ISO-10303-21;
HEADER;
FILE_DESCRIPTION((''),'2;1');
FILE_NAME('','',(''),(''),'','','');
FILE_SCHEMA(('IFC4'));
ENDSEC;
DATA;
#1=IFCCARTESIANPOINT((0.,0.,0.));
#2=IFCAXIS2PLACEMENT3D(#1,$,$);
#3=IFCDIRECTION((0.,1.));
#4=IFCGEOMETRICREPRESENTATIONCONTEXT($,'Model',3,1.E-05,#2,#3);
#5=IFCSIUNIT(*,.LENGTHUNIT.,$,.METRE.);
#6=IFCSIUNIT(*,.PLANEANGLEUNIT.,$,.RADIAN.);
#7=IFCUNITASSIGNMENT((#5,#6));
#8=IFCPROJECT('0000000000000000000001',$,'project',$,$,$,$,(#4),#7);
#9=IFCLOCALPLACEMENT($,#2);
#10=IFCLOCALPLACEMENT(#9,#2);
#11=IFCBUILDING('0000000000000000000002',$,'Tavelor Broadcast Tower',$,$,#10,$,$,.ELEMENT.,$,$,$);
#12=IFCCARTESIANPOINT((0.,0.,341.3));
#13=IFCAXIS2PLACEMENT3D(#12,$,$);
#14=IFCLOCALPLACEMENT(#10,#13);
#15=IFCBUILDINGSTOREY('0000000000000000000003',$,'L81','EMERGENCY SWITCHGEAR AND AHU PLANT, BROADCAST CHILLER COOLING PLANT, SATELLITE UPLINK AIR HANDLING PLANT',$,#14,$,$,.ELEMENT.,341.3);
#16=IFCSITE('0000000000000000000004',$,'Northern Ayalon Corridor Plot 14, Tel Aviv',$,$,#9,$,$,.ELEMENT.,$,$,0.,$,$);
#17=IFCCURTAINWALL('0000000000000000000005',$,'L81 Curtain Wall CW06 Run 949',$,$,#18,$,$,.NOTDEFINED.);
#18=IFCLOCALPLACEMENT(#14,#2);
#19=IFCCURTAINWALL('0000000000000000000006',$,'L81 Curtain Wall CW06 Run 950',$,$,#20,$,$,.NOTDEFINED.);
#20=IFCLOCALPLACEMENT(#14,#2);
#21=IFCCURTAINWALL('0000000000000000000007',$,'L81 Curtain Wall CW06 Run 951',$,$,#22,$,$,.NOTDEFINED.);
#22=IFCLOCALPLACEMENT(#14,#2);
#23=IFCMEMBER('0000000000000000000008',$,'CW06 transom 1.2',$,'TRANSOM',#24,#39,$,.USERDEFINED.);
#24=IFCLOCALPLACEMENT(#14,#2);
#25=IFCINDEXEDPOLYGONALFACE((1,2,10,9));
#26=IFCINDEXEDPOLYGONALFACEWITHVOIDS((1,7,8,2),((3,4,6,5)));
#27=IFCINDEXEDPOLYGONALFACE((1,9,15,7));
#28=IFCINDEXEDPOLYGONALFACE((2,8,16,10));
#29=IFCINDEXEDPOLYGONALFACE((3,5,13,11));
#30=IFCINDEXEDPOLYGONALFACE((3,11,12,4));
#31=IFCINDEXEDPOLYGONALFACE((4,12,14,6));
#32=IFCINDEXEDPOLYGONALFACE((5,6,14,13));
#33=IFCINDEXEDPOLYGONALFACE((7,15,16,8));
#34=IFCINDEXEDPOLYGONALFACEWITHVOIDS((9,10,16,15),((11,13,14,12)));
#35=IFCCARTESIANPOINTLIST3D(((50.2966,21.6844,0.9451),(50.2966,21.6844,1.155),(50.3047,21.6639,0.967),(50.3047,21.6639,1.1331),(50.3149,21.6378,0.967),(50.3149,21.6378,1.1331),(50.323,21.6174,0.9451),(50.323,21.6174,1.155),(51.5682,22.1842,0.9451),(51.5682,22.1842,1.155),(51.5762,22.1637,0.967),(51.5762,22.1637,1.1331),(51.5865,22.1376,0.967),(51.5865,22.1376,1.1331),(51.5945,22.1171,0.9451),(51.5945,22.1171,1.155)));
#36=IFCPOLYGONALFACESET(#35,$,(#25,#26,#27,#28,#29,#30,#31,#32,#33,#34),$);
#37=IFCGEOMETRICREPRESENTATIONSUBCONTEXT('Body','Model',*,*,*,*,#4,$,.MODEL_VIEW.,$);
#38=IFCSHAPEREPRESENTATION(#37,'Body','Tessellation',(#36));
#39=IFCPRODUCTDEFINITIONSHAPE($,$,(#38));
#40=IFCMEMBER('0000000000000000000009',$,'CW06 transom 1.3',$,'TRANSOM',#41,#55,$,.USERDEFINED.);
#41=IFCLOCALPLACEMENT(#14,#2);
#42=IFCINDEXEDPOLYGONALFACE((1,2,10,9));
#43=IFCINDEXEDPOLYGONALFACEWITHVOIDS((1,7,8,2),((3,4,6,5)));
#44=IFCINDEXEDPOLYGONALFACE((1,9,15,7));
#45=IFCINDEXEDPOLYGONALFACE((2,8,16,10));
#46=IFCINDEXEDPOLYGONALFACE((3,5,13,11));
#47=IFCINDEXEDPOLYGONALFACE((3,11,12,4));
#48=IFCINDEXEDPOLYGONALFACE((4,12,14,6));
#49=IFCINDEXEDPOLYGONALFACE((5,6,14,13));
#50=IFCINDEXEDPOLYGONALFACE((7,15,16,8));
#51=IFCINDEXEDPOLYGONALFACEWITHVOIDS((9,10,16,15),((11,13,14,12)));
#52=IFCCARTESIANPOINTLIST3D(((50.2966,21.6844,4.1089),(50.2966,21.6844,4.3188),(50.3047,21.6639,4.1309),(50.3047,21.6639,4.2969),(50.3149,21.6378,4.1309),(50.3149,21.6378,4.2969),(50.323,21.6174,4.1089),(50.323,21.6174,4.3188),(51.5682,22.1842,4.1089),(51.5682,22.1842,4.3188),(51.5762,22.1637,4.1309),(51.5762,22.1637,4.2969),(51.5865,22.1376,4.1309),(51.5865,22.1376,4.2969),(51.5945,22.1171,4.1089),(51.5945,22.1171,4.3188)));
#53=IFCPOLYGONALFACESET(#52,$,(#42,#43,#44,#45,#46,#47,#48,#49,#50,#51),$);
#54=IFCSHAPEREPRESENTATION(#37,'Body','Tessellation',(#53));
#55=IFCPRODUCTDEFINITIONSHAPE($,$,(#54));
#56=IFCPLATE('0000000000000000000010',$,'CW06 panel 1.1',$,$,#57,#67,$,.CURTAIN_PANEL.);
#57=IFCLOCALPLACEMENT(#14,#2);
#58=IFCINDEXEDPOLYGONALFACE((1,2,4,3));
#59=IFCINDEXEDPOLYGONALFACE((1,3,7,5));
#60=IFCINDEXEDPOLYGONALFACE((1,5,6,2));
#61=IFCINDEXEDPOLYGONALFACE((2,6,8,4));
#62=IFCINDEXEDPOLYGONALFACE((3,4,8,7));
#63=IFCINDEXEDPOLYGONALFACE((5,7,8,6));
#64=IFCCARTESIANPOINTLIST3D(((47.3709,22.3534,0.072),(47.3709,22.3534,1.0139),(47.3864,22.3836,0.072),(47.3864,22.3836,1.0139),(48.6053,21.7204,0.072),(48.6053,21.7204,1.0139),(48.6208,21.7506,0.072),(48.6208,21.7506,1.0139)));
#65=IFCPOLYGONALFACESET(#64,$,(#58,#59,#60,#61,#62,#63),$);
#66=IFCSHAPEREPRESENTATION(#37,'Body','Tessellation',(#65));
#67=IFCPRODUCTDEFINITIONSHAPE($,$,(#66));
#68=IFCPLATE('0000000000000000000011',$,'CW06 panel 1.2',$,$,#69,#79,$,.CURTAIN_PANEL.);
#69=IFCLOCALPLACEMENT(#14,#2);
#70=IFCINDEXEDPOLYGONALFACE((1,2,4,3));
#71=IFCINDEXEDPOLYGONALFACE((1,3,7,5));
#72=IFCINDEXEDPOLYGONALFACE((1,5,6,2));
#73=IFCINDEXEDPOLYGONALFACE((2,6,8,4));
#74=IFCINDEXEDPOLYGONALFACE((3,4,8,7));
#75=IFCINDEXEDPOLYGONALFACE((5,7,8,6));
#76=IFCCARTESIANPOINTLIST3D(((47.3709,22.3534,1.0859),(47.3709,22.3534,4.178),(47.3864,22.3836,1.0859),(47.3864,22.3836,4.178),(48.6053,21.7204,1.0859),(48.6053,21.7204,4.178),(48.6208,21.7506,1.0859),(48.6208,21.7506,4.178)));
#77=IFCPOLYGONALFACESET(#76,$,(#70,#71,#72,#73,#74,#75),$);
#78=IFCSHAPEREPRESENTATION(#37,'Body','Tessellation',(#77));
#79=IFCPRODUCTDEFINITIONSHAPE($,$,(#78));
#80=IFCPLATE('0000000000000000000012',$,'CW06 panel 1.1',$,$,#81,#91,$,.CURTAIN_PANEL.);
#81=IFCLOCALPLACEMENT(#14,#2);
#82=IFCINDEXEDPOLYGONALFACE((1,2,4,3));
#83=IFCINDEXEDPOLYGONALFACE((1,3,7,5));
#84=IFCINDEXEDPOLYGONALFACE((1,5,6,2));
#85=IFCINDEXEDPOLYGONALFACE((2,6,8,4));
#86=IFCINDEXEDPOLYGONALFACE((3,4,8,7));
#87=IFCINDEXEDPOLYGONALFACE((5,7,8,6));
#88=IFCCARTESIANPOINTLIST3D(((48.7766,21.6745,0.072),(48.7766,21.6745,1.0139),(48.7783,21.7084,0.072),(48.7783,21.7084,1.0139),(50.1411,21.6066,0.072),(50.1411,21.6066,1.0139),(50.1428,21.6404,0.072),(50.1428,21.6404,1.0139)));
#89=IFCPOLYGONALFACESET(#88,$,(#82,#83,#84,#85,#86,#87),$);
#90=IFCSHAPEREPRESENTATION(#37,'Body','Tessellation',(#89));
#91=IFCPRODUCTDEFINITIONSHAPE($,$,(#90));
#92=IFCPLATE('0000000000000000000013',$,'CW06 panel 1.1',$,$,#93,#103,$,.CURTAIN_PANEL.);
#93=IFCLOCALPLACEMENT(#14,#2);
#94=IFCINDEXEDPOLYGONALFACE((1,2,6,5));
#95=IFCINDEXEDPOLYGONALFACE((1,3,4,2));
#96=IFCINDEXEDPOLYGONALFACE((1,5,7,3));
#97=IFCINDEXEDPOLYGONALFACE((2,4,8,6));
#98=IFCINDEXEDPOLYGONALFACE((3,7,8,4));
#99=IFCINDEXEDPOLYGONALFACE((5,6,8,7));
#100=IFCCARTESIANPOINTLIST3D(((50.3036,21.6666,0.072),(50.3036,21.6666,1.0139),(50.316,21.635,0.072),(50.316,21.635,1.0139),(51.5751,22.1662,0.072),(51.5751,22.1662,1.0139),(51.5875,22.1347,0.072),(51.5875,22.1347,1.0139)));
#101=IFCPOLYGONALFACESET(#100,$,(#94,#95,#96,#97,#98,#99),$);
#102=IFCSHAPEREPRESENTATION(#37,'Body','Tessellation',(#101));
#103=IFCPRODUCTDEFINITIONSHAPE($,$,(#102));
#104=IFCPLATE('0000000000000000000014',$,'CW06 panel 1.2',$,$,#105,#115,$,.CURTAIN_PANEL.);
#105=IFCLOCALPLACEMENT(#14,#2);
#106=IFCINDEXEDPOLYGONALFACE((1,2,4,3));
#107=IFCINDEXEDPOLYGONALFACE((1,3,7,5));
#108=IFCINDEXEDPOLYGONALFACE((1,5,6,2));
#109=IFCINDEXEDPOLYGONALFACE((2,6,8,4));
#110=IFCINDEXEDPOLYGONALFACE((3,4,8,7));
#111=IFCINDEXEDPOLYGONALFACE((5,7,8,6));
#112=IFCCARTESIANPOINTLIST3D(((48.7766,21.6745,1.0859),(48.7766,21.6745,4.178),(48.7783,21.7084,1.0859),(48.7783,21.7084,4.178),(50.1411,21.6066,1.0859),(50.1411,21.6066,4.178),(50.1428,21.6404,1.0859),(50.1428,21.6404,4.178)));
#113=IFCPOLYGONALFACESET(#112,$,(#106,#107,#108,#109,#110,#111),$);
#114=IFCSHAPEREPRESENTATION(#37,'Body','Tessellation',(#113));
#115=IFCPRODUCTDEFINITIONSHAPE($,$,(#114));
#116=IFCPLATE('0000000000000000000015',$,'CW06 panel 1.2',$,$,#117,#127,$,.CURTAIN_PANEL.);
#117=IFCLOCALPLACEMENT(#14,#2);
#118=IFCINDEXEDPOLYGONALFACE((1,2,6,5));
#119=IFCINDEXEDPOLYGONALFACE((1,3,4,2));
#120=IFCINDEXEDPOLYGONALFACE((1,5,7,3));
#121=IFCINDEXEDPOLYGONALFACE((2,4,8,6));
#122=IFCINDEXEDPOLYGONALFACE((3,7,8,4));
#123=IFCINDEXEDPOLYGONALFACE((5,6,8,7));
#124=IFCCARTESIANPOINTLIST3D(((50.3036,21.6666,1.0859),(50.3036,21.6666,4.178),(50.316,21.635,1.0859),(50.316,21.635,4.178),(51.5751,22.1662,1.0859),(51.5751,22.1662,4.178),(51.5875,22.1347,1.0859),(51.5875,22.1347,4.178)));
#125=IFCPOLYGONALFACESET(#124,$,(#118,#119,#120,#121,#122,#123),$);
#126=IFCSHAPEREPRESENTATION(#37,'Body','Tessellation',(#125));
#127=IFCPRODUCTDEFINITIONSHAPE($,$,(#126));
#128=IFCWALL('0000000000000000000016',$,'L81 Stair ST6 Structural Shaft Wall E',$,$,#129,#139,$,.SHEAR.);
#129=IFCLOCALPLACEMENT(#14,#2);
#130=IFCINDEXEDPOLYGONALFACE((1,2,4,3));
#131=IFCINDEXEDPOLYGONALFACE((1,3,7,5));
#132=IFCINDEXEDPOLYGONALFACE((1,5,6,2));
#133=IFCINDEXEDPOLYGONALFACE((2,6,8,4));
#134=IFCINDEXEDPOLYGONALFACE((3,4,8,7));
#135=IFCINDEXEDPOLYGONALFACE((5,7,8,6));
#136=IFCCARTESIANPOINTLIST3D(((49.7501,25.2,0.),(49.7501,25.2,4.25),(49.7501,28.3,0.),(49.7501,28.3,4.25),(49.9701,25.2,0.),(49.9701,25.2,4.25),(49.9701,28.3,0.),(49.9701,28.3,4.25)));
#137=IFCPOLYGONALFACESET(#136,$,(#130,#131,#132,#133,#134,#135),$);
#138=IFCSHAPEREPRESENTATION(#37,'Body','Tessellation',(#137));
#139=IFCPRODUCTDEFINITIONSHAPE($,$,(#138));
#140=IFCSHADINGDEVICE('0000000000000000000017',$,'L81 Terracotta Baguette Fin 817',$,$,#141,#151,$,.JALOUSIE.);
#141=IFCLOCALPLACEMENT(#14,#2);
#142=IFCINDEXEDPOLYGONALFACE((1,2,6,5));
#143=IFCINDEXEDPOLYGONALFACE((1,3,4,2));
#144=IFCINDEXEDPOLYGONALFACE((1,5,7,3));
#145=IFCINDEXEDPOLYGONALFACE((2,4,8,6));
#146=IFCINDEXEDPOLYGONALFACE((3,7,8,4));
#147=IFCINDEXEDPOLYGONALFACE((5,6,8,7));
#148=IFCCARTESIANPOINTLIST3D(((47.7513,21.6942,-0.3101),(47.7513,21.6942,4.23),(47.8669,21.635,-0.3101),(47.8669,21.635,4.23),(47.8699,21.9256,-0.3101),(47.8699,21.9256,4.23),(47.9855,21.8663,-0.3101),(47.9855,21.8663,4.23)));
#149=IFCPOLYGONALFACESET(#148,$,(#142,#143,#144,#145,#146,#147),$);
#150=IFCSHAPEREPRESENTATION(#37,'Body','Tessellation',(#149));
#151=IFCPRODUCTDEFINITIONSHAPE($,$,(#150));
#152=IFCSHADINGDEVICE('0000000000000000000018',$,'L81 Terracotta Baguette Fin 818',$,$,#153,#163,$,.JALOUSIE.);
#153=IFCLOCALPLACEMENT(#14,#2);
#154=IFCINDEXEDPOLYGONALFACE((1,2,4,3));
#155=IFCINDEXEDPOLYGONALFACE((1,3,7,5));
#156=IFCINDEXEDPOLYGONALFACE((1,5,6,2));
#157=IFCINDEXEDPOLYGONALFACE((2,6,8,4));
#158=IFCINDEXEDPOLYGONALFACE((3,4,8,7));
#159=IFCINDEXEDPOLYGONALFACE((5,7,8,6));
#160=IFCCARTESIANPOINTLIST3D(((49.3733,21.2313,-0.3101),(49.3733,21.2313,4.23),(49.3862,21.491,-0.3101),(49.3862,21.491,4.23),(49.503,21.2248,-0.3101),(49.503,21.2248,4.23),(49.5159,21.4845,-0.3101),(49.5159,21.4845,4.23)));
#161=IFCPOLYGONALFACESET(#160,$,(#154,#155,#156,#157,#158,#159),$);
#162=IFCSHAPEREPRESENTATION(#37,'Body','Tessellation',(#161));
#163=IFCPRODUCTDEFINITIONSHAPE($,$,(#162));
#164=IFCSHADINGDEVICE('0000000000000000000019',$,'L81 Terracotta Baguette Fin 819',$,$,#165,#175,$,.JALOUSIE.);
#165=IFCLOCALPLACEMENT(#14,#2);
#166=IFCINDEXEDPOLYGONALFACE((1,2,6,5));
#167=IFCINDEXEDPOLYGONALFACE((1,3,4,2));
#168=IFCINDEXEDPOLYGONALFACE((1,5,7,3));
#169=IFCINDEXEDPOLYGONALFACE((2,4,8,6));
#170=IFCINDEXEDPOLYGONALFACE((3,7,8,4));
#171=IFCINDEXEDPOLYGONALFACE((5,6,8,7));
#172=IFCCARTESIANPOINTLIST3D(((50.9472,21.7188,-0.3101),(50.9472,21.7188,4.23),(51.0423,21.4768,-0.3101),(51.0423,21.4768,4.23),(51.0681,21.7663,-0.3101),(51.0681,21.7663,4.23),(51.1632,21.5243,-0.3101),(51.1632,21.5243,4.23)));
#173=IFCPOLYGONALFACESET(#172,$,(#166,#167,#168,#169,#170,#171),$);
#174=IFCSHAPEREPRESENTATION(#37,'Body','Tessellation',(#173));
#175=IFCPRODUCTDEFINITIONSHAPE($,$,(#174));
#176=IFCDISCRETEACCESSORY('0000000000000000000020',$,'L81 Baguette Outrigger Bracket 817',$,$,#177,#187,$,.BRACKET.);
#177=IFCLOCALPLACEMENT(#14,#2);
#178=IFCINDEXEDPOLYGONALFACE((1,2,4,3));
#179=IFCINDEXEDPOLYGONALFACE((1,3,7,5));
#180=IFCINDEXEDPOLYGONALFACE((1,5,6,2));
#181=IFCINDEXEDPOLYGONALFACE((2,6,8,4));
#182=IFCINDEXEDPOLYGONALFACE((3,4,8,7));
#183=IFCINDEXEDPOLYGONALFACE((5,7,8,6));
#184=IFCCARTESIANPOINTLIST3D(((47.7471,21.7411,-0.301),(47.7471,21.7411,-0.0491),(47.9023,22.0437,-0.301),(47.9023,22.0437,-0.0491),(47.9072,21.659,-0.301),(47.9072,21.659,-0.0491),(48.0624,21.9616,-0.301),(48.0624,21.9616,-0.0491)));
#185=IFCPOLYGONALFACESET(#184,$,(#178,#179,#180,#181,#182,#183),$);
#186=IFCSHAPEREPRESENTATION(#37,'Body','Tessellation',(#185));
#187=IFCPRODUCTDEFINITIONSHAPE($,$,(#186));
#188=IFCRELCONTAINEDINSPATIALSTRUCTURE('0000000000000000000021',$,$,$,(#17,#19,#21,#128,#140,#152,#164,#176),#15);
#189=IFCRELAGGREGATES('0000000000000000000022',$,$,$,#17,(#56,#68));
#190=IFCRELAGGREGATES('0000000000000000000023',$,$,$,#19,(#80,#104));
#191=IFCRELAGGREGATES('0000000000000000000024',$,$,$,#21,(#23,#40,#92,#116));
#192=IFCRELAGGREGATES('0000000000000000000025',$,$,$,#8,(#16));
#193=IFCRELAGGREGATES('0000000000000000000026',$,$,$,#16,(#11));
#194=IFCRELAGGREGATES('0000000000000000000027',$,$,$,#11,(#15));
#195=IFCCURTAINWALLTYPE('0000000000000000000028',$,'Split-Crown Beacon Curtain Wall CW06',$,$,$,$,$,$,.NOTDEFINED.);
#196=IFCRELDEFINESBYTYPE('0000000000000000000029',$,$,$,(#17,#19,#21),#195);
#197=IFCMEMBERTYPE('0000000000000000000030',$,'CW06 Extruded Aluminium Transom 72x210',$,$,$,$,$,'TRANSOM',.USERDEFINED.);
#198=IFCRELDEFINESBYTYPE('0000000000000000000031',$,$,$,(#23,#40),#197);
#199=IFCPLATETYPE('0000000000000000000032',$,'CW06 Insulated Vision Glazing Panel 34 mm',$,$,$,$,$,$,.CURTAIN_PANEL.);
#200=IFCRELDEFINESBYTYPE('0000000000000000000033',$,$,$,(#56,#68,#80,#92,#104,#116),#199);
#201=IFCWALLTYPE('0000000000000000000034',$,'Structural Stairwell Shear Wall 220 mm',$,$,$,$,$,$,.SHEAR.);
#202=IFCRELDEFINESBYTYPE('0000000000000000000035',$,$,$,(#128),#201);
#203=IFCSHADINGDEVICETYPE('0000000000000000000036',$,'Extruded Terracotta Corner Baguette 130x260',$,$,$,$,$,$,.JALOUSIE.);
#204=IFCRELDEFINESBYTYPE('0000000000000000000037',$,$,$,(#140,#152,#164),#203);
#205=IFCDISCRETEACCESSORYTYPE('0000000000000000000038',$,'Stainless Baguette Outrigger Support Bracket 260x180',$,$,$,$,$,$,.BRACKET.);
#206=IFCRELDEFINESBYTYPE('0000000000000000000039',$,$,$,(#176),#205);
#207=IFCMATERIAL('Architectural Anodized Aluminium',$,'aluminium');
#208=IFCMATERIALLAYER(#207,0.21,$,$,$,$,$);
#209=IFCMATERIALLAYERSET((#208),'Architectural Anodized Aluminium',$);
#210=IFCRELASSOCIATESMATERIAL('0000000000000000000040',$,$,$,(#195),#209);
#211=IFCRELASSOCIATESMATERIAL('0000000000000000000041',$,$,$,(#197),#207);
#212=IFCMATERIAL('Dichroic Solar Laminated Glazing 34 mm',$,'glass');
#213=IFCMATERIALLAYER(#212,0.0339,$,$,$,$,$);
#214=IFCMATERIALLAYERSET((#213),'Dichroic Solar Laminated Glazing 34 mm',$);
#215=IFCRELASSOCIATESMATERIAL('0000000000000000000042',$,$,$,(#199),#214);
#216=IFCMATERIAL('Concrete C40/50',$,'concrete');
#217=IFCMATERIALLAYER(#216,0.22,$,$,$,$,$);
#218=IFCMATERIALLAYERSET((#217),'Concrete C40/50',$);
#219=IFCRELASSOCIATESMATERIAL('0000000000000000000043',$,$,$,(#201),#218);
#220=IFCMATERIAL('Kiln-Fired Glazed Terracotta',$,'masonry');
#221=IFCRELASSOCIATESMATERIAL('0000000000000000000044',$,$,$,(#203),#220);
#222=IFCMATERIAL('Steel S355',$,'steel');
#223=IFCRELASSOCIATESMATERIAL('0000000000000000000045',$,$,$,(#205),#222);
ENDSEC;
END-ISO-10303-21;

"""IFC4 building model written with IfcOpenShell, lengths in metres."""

from ifc_helpers import new_model, si_unit, direction, frame, frame_2d, origin, origin_2d, place, context, subcontext, project, spatial, rectangle, hollow_rectangle, extrude, source, transform, mapped, material, layer, layer_set, material_profile, profile_set, type_object, type_shapes, element, aggregate, save


model = new_model("IFC4")

# Units and contexts
model_context = context("Model", 3, precision=1e-05, world=origin(), true_north=direction((0.0, 1.0)))
body_context = subcontext(model_context, "Body", "Model", "MODEL_VIEW")
ifc_project = project(units=[si_unit("LENGTHUNIT", "METRE"), si_unit("PLANEANGLEUNIT", "RADIAN")], contexts=[model_context])

# Site, building, storey
site_placement = place(None, origin())
site = spatial("IfcSite", under=ifc_project, at=site_placement, Name="Northern Ayalon Corridor Plot 14, Tel Aviv", CompositionType="ELEMENT", RefElevation=0.0)
building_placement = place(site_placement, origin())
building = spatial("IfcBuilding", under=site, at=building_placement, Name="Tavelor Broadcast Tower", CompositionType="ELEMENT")
storey_placement = place(building_placement, frame((0.0, 0.0, 341.3)))
storey = spatial("IfcBuildingStorey", under=building, at=storey_placement, Name="L81", Description="EMERGENCY SWITCHGEAR AND AHU PLANT, BROADCAST CHILLER COOLING PLANT, SATELLITE UPLINK AIR HANDLING PLANT", CompositionType="ELEMENT", Elevation=341.3)

# Curtain wall
ifc_material_1 = material(Name="Architectural Anodized Aluminium", Category="aluminium")
ifc_layer_1 = layer(ifc_material_1, 0.21)
ifc_layer_set_1 = layer_set([ifc_layer_1], Name="Architectural Anodized Aluminium")
curtain_wall_type = type_object("IfcCurtainWallType", Name="Split-Crown Beacon Curtain Wall CW06", PredefinedType="NOTDEFINED", material=ifc_layer_set_1)
curtain_wall_1_placement = place(storey_placement, origin())
curtain_wall_1 = element("IfcCurtainWall", 1, at=curtain_wall_1_placement, inside=storey, type_object=curtain_wall_type, Name="L81 Curtain Wall CW06 Run 949", PredefinedType="NOTDEFINED")

# Curtain walls
curtain_wall_2_placement = place(storey_placement, origin())
curtain_wall_2 = element("IfcCurtainWall", 2, at=curtain_wall_2_placement, inside=storey, type_object=curtain_wall_type, Name="L81 Curtain Wall CW06 Run 950", PredefinedType="NOTDEFINED")
curtain_wall_3_placement = place(storey_placement, origin())
curtain_wall_3 = element("IfcCurtainWall", 3, at=curtain_wall_3_placement, inside=storey, type_object=curtain_wall_type, Name="L81 Curtain Wall CW06 Run 951", PredefinedType="NOTDEFINED")

# Members
ifc_material_profile_1 = material_profile(ifc_material_1, hollow_rectangle(XDim=0.072, YDim=0.21, WallThickness=0.022, at=origin_2d()), Name="RHS 72x210x22")
ifc_profile_set_1 = profile_set([ifc_material_profile_1], Name="Architectural Anodized Aluminium")
member_type_1 = type_object("IfcMemberType", Name="CW06 Extruded Aluminium Transom 72x210", ElementType="TRANSOM", PredefinedType="USERDEFINED", material=ifc_profile_set_1)
shared_shape_1 = source(origin(), body_context, "Body", "SweptSolid", [
    extrude(hollow_rectangle(XDim=0.072, YDim=0.21, WallThickness=0.022, at=origin_2d()), origin(), (0.0, 0.0, 1.0), 1.3662),
])
member_1_placement = place(storey_placement, frame((50.3098, 21.6509, 1.05), z_axis=(0.930691, 0.365807, 0.0), x_axis=(-0.365807, 0.930691, 0.0)))
member_1 = element("IfcMember", 4, at=member_1_placement, type_object=member_type_1, Name="CW06 transom 1.2", ObjectType="TRANSOM", PredefinedType="USERDEFINED", context=body_context, shape_type="MappedRepresentation", body=[
    mapped(shared_shape_1, transform((0.0, 0.0, 0.0), scale=1.0)),
])
member_2_placement = place(storey_placement, frame((50.3098, 21.6509, 4.2139), z_axis=(0.930691, 0.365807, 0.0), x_axis=(-0.365807, 0.930691, 0.0)))
member_2 = element("IfcMember", 5, at=member_2_placement, type_object=member_type_1, Name="CW06 transom 1.3", ObjectType="TRANSOM", PredefinedType="USERDEFINED", context=body_context, shape_type="MappedRepresentation", body=[
    mapped(shared_shape_1, transform((0.0, 0.0, 0.0), scale=1.0)),
])

# Plates
ifc_material_2 = material(Name="Dichroic Solar Laminated Glazing 34 mm", Category="glass")
ifc_layer_2 = layer(ifc_material_2, 0.0339)
ifc_layer_set_2 = layer_set([ifc_layer_2], Name="Dichroic Solar Laminated Glazing 34 mm")
plate_type = type_object("IfcPlateType", Name="CW06 Insulated Vision Glazing Panel 34 mm", PredefinedType="CURTAIN_PANEL", material=ifc_layer_set_2)
shared_shape_2 = source(origin(), body_context, "Body", "SweptSolid", [
    extrude(rectangle(XDim=1.3872, YDim=0.0339, at=origin_2d()), origin(), (0.0, 0.0, 1.0), 0.9419),
])
plate_1_placement = place(storey_placement, frame((47.9958, 22.052, 0.072), z_axis=(0.0, 0.0, 1.0), x_axis=(0.889809, -0.456334, 0.0)))
plate_1 = element("IfcPlate", 6, at=plate_1_placement, type_object=plate_type, Name="CW06 panel 1.1", PredefinedType="CURTAIN_PANEL", context=body_context, shape_type="MappedRepresentation", body=[
    mapped(shared_shape_2, transform((0.0, 0.0, 0.0), scale=1.0)),
])
shared_shape_3 = source(origin(), body_context, "Body", "SweptSolid", [
    extrude(rectangle(XDim=1.3872, YDim=0.0339, at=origin_2d()), origin(), (0.0, 0.0, 1.0), 3.092),
])
plate_2_placement = place(storey_placement, frame((47.9958, 22.052, 1.0859), z_axis=(0.0, 0.0, 1.0), x_axis=(0.889809, -0.456334, 0.0)))
plate_2 = element("IfcPlate", 7, at=plate_2_placement, type_object=plate_type, Name="CW06 panel 1.2", PredefinedType="CURTAIN_PANEL", context=body_context, shape_type="MappedRepresentation", body=[
    mapped(shared_shape_3, transform((0.0, 0.0, 0.0), scale=1.0)),
])
aggregate(curtain_wall_1, [plate_1, plate_2])
shared_shape_4 = source(origin(), body_context, "Body", "SweptSolid", [
    extrude(rectangle(XDim=1.3662, YDim=0.0339, at=origin_2d()), origin(), (0.0, 0.0, 1.0), 0.9419),
])
plate_3_placement = place(storey_placement, frame((49.4597, 21.6575, 0.072), z_axis=(0.0, 0.0, 1.0), x_axis=(0.998763, -0.049726, 0.0)))
plate_3 = element("IfcPlate", 8, at=plate_3_placement, type_object=plate_type, Name="CW06 panel 1.1", PredefinedType="CURTAIN_PANEL", context=body_context, shape_type="MappedRepresentation", body=[
    mapped(shared_shape_4, transform((0.0, 0.0, 0.0), scale=1.0)),
])
plate_4_placement = place(storey_placement, frame((50.9456, 21.9006, 0.072), z_axis=(0.0, 0.0, 1.0), x_axis=(0.930729, 0.36571, 0.0)))
plate_4 = element("IfcPlate", 9, at=plate_4_placement, type_object=plate_type, Name="CW06 panel 1.1", PredefinedType="CURTAIN_PANEL", context=body_context, shape_type="MappedRepresentation", body=[
    mapped(shared_shape_4, transform((0.0, 0.0, 0.0), scale=1.0)),
])
shared_shape_5 = source(origin(), body_context, "Body", "SweptSolid", [
    extrude(rectangle(XDim=1.3662, YDim=0.0339, at=origin_2d()), origin(), (0.0, 0.0, 1.0), 3.092),
])
type_shapes(plate_type, [shared_shape_2, shared_shape_3, shared_shape_4, shared_shape_5])
plate_5_placement = place(storey_placement, frame((49.4597, 21.6575, 1.0859), z_axis=(0.0, 0.0, 1.0), x_axis=(0.998763, -0.049726, 0.0)))
plate_5 = element("IfcPlate", 10, at=plate_5_placement, type_object=plate_type, Name="CW06 panel 1.2", PredefinedType="CURTAIN_PANEL", context=body_context, shape_type="MappedRepresentation", body=[
    mapped(shared_shape_5, transform((0.0, 0.0, 0.0), scale=1.0)),
])
aggregate(curtain_wall_2, [plate_3, plate_5])
plate_6_placement = place(storey_placement, frame((50.9456, 21.9006, 1.0859), z_axis=(0.0, 0.0, 1.0), x_axis=(0.930729, 0.36571, 0.0)))
plate_6 = element("IfcPlate", 11, at=plate_6_placement, type_object=plate_type, Name="CW06 panel 1.2", PredefinedType="CURTAIN_PANEL", context=body_context, shape_type="MappedRepresentation", body=[
    mapped(shared_shape_5, transform((0.0, 0.0, 0.0), scale=1.0)),
])
aggregate(curtain_wall_3, [member_1, member_2, plate_4, plate_6])

# Wall
ifc_material_3 = material(Name="Concrete C40/50", Category="concrete")
ifc_layer_3 = layer(ifc_material_3, 0.22)
ifc_layer_set_3 = layer_set([ifc_layer_3], Name="Concrete C40/50")
wall_type = type_object("IfcWallType", Name="Structural Stairwell Shear Wall 220 mm", PredefinedType="SHEAR", material=ifc_layer_set_3)
wall_placement = place(storey_placement, frame((49.8601, 25.2, 0.0), z_axis=(0.0, 0.0, 1.0), x_axis=(0.0, 1.0, 0.0)))
element("IfcWall", 12, at=wall_placement, inside=storey, type_object=wall_type, Name="L81 Stair ST6 Structural Shaft Wall E", PredefinedType="SHEAR", context=body_context, shape_type="SweptSolid", body=[
    extrude(rectangle(XDim=3.1001, YDim=0.22, at=frame_2d((1.55, 0.0))), origin(), (0.0, 0.0, 1.0), 4.25),
])

# Shading devices
ifc_material_4 = material(Name="Kiln-Fired Glazed Terracotta", Category="masonry")
shading_device_type = type_object("IfcShadingDeviceType", Name="Extruded Terracotta Corner Baguette 130x260", PredefinedType="JALOUSIE", material=ifc_material_4)
shared_shape_6 = source(origin(), body_context, "Body", "SweptSolid", [
    extrude(rectangle(XDim=0.1299, YDim=0.26, at=origin_2d()), origin(), (0.0, 0.0, 1.0), 4.54),
])
type_shapes(shading_device_type, [shared_shape_6])
for number, where, z_axis, x_axis, name in (
    (13, (47.8684, 21.7803, -0.3101), (0.0, 0.0, 1.0), (0.889815, -0.456322, 0.0), "L81 Terracotta Baguette Fin 817"),
    (14, (49.4446, 21.3579, -0.3101), (0.0, 0.0, 1.0), (0.998763, -0.049721, 0.0), "L81 Terracotta Baguette Fin 818"),
    (15, (51.0552, 21.6216, -0.3101), (0.0, 0.0, 1.0), (0.930737, 0.365689, 0.0), "L81 Terracotta Baguette Fin 819"),
):
    element("IfcShadingDevice", number, at=place(storey_placement, frame(where, z_axis=z_axis, x_axis=x_axis)), inside=storey, type_object=shading_device_type, Name=name, PredefinedType="JALOUSIE", context=body_context, shape_type="MappedRepresentation", body=[
        mapped(shared_shape_6, transform((0.0, 0.0, 0.0), scale=1.0)),
    ])

# Discrete accessory
ifc_material_5 = material(Name="Steel S355", Category="steel")
discrete_accessory_type = type_object("IfcDiscreteAccessoryType", Name="Stainless Baguette Outrigger Support Bracket 260x180", PredefinedType="BRACKET", material=ifc_material_5)
shared_shape_7 = source(origin(), body_context, "Body", "SweptSolid", [
    extrude(rectangle(XDim=0.1799, YDim=0.3401, at=origin_2d()), origin(), (0.0, 0.0, 1.0), 0.252),
])
type_shapes(discrete_accessory_type, [shared_shape_7])
for number, where, z_axis, x_axis, name in (
    (16, (47.9048, 21.8513, -0.301), (0.0, 0.0, 1.0), (0.889815, -0.456322, 0.0), "L81 Baguette Outrigger Bracket 817"),
):
    element("IfcDiscreteAccessory", number, at=place(storey_placement, frame(where, z_axis=z_axis, x_axis=x_axis)), inside=storey, type_object=discrete_accessory_type, Name=name, PredefinedType="BRACKET", context=body_context, shape_type="MappedRepresentation", body=[
        mapped(shared_shape_7, transform((0.0, 0.0, 0.0), scale=1.0)),
    ])

save(model, "model.ifc")
